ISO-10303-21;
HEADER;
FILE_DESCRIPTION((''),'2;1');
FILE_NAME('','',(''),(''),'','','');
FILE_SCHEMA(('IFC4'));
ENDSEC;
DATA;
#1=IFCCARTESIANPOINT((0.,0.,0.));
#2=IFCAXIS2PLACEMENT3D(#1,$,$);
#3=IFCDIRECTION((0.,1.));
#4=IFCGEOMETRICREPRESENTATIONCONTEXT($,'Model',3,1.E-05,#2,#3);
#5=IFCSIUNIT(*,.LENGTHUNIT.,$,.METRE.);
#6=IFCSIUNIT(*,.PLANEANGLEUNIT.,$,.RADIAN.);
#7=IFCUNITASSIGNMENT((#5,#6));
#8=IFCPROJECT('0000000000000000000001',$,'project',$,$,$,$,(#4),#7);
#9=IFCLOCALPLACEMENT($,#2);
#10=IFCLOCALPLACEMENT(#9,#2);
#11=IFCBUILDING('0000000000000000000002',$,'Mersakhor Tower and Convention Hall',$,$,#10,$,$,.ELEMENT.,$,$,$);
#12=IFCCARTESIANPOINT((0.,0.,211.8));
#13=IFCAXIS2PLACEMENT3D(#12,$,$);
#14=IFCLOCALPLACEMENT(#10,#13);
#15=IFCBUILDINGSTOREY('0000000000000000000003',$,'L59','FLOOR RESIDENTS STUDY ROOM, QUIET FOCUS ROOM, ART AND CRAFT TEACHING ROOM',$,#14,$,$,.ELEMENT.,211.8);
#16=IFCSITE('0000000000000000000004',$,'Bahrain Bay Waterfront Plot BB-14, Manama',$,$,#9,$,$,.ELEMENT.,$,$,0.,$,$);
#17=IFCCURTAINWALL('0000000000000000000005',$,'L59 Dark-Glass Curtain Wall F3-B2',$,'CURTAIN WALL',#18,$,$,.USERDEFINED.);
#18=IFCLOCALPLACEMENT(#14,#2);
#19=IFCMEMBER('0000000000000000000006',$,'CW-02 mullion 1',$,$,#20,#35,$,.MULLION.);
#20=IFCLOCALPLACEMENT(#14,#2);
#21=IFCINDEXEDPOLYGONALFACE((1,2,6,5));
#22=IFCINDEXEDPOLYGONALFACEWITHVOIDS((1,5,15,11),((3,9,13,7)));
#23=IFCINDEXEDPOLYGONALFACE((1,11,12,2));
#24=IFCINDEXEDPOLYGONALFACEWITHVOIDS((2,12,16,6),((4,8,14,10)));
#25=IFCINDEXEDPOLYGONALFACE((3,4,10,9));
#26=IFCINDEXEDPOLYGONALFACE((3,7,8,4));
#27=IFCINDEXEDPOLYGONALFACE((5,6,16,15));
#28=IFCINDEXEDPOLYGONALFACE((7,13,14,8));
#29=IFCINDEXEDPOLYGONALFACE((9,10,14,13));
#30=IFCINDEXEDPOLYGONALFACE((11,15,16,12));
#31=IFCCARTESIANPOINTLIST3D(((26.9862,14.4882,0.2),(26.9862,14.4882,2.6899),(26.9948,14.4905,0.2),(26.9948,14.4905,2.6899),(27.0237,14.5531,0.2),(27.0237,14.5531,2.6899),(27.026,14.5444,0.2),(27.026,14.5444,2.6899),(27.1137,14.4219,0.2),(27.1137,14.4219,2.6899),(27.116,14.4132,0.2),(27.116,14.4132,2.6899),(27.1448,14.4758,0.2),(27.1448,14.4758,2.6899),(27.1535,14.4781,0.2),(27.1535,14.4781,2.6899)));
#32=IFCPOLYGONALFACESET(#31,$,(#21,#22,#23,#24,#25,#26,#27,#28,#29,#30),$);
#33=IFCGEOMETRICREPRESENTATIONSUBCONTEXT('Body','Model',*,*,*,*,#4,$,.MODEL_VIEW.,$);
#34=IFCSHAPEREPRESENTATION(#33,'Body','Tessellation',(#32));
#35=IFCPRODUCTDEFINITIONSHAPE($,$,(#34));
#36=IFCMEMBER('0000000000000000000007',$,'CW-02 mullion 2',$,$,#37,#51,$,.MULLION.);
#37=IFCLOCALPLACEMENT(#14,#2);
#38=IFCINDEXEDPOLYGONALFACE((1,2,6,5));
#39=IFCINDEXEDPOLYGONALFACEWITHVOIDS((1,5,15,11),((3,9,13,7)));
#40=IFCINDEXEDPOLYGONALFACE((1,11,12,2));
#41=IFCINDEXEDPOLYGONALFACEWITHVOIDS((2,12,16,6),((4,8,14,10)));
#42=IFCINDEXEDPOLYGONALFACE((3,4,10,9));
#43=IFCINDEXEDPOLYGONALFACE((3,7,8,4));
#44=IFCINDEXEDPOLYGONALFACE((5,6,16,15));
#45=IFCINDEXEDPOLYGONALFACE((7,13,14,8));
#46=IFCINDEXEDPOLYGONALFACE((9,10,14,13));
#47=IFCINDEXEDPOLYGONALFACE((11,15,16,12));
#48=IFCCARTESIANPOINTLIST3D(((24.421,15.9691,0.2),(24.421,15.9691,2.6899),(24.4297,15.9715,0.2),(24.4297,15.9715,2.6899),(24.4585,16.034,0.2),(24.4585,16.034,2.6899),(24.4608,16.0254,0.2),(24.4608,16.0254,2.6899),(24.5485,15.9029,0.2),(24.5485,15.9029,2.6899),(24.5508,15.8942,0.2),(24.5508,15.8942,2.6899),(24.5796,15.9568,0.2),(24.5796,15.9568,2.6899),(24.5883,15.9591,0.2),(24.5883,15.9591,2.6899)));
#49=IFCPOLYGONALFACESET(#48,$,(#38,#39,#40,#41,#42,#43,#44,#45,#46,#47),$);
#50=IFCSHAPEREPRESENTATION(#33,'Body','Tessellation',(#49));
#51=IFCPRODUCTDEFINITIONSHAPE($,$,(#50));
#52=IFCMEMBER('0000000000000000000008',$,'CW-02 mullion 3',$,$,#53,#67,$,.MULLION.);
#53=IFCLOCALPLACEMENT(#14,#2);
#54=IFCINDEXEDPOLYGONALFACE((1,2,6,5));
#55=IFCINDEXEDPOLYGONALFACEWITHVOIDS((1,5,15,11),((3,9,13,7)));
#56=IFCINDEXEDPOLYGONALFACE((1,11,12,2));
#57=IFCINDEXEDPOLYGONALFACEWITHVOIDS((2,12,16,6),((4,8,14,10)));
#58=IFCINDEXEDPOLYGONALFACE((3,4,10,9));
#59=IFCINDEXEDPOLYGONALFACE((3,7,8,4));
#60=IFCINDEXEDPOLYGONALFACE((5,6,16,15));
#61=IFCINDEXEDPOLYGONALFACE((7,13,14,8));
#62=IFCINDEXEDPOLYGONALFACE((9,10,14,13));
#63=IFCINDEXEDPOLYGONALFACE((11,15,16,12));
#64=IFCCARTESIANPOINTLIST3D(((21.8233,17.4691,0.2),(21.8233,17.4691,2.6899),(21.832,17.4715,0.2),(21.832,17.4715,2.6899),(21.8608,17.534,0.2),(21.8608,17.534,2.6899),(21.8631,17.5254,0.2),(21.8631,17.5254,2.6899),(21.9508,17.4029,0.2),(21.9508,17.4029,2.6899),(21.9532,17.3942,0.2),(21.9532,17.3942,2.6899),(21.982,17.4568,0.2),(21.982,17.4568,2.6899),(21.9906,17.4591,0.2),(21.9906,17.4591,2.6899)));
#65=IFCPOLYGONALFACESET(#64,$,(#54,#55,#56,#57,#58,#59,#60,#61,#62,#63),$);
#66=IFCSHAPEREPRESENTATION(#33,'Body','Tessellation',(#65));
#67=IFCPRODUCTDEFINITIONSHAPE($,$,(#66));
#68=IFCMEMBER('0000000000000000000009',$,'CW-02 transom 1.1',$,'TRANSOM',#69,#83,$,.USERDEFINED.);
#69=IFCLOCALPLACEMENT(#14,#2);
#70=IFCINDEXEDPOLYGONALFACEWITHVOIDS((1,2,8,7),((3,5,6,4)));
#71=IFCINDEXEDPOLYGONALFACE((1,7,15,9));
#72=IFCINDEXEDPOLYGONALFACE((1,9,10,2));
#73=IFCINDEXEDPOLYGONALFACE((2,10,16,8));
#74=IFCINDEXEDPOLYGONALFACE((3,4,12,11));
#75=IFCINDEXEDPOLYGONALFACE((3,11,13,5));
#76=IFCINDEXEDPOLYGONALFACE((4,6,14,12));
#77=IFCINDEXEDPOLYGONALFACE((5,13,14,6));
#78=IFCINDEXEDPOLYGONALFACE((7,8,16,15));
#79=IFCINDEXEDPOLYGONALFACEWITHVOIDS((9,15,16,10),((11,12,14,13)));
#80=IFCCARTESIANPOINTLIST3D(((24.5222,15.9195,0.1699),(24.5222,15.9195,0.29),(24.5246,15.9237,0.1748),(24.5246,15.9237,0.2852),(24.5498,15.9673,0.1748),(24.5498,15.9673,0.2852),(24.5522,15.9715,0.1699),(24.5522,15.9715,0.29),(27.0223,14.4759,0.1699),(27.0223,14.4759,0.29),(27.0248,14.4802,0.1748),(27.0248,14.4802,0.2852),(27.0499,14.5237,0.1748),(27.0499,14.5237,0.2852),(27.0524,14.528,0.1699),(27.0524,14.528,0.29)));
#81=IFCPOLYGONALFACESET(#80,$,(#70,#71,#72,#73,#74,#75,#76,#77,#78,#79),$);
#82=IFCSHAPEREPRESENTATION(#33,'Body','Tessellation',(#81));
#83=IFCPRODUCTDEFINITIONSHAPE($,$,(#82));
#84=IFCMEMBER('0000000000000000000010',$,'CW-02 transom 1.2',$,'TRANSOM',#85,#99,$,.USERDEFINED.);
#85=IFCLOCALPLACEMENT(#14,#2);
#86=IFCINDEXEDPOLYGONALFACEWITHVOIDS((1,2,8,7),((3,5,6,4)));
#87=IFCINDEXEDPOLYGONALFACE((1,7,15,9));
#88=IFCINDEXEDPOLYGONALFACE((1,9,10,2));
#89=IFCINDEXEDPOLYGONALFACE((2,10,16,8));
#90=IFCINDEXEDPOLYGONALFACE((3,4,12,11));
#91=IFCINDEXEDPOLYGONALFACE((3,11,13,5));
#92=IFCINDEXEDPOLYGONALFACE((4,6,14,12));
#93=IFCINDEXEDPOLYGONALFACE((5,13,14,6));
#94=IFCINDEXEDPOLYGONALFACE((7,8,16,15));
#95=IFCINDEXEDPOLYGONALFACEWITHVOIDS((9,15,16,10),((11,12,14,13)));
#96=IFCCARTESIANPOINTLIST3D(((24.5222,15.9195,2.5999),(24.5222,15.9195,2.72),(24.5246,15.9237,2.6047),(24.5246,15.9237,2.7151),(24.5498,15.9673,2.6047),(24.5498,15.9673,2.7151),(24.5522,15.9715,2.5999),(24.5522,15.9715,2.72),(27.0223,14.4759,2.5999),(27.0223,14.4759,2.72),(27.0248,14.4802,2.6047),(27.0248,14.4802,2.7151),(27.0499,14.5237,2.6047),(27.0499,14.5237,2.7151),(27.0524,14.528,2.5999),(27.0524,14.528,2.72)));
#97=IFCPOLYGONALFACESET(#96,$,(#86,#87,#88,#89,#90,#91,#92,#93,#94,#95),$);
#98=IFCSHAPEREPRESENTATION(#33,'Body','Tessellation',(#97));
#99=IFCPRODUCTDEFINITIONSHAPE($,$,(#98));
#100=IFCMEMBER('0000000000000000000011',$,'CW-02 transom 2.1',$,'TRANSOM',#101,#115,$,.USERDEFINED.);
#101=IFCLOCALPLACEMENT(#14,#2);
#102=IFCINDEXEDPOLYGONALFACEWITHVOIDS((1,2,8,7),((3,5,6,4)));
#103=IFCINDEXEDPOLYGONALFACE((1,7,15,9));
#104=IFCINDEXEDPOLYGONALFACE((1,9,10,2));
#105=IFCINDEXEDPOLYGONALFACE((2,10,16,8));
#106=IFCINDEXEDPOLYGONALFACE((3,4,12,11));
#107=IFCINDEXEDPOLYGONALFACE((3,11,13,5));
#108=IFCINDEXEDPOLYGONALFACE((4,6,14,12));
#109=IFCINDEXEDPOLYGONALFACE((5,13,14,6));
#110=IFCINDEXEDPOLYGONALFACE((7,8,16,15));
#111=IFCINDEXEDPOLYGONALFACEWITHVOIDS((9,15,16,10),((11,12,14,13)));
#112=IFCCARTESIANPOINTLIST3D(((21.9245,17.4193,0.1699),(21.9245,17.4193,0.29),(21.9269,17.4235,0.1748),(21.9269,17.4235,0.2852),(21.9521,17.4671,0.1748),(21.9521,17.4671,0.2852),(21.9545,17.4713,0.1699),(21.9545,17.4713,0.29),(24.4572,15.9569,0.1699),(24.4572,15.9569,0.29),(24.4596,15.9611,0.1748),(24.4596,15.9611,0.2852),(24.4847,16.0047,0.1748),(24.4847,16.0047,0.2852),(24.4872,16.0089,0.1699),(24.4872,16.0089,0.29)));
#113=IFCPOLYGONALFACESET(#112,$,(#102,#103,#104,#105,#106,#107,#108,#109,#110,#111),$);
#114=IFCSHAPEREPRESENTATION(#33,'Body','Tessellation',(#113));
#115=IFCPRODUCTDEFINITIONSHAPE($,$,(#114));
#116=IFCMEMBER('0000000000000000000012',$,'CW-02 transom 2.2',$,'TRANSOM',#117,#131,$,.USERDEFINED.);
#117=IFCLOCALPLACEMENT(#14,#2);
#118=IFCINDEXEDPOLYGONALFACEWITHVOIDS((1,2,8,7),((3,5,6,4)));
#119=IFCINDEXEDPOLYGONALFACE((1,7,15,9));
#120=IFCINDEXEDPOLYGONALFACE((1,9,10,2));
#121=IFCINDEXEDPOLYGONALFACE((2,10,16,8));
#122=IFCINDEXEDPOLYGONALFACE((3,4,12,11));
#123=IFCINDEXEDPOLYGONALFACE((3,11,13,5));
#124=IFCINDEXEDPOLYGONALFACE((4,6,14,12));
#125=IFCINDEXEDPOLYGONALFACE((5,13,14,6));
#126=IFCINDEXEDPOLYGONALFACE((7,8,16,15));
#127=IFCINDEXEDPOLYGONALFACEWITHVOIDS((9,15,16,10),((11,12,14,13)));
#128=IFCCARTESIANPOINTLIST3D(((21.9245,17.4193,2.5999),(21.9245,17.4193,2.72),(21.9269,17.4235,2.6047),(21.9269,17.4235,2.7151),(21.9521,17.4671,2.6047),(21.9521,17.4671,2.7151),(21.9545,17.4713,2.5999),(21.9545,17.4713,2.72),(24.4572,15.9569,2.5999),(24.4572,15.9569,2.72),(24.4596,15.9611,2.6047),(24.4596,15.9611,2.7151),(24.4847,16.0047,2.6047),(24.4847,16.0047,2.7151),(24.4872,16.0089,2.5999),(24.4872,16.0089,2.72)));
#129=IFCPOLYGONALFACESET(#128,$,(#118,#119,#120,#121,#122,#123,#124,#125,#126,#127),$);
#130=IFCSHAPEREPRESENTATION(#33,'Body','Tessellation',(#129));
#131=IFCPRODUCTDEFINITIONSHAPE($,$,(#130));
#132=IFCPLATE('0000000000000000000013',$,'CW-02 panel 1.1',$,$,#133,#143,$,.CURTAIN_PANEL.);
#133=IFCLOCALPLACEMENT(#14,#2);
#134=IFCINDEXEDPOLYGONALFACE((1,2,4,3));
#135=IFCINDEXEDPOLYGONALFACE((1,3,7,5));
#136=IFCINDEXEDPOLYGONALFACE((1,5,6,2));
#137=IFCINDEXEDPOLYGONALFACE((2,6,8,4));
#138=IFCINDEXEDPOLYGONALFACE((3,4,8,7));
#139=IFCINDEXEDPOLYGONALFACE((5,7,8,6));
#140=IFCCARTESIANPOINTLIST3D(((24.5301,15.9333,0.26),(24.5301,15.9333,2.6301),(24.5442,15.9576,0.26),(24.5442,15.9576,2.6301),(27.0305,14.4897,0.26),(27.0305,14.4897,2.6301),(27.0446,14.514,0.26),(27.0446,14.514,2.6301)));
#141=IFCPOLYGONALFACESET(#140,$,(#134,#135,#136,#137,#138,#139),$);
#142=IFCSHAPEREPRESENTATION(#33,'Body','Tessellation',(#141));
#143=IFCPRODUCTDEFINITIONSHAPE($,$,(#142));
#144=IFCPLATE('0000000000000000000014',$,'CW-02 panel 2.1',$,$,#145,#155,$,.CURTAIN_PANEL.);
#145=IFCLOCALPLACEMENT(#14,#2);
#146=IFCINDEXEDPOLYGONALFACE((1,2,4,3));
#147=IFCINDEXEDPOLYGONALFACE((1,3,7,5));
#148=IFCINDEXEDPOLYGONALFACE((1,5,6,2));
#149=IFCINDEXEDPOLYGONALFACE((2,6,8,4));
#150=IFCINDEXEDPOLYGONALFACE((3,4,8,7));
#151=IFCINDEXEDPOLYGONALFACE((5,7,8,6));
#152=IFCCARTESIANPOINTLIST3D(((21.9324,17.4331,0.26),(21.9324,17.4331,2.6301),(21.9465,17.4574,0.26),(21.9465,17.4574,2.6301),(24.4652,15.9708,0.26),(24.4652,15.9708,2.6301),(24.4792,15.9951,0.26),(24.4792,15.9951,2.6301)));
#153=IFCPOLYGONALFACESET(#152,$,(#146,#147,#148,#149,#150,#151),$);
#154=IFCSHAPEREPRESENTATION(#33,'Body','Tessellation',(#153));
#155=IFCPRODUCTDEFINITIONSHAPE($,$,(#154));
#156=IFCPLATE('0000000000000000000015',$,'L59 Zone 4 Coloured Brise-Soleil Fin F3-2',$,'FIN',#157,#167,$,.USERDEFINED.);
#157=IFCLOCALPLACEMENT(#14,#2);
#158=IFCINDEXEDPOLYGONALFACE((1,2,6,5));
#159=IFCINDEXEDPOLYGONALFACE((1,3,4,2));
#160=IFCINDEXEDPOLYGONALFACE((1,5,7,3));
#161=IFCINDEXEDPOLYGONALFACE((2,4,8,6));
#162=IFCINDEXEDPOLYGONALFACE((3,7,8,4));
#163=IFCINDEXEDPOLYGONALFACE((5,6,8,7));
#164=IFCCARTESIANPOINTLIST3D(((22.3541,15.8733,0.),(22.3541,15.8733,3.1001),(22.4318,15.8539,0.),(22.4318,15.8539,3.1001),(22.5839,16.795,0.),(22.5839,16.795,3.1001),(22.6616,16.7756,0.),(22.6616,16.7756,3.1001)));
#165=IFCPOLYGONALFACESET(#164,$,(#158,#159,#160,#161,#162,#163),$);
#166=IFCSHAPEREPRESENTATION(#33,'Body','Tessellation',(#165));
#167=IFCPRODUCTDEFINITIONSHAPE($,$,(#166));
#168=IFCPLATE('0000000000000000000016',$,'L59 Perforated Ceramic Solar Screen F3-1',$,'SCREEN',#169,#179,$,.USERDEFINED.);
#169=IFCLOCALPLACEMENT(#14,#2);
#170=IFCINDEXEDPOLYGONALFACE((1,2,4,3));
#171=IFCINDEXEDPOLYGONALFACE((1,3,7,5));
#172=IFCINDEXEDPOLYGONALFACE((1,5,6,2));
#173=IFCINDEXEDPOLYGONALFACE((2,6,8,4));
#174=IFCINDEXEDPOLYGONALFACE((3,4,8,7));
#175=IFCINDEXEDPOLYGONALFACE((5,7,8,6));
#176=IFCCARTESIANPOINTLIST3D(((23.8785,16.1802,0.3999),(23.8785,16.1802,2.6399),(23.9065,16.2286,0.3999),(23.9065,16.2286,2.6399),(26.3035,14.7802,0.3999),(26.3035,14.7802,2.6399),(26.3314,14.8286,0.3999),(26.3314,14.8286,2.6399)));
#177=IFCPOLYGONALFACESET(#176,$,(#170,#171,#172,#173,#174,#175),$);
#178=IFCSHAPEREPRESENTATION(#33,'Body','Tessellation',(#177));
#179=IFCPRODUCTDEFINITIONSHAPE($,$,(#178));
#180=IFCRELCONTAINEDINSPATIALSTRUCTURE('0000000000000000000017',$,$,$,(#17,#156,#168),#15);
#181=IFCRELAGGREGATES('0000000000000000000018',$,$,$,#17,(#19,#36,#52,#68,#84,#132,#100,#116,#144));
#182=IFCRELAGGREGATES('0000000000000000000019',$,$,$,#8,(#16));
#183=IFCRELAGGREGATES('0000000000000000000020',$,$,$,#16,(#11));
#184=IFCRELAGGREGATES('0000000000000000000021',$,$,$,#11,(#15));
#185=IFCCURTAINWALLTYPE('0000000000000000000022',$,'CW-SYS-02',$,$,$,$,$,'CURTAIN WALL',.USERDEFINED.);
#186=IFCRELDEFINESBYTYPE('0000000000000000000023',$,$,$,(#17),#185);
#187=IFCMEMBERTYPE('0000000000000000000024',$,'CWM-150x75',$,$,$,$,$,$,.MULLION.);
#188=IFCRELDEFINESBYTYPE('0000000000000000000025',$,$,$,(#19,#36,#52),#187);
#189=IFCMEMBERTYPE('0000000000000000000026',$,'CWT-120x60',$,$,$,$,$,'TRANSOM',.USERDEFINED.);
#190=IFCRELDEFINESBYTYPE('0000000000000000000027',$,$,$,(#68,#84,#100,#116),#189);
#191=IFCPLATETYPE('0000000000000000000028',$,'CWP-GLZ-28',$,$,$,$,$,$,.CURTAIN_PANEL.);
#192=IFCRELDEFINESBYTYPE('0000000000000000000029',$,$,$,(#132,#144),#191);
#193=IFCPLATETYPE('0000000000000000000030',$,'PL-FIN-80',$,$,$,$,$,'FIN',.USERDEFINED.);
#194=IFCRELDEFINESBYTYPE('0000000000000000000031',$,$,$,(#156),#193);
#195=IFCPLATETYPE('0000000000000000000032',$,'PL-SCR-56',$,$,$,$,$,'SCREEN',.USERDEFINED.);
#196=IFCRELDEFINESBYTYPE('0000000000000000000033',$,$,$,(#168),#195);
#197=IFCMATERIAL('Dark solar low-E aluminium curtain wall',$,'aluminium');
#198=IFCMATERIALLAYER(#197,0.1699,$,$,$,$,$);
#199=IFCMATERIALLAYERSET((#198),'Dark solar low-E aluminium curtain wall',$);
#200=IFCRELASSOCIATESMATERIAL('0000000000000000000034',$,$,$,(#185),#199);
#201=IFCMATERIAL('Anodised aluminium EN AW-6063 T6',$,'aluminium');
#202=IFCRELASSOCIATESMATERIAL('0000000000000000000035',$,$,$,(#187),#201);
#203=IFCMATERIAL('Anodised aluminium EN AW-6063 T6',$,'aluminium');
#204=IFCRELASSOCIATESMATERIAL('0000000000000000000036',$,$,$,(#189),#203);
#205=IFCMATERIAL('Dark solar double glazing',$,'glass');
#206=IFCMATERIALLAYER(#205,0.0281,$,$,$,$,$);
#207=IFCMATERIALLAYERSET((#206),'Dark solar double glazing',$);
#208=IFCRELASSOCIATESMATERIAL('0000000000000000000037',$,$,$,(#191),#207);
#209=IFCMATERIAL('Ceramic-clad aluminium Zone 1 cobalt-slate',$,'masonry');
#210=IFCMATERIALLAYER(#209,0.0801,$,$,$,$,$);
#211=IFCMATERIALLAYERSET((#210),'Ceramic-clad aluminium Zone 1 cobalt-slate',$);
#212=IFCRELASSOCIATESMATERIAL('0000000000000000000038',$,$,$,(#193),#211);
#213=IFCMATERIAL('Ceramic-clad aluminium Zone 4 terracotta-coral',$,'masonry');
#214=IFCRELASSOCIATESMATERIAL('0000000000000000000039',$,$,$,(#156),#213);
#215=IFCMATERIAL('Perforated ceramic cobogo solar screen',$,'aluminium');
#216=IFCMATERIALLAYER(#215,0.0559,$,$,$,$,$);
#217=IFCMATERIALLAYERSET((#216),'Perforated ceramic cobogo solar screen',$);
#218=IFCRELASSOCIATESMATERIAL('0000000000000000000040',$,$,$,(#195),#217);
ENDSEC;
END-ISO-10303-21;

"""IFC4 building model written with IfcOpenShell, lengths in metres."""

from ifc_helpers import new_model, si_unit, direction, frame, origin, origin_2d, place, context, subcontext, project, spatial, rectangle, hollow_rectangle, extrude, material, layer, layer_set, material_profile, profile_set, type_object, element, aggregate, save


model = new_model("IFC4")

# Units and contexts
model_context = context("Model", 3, precision=1e-05, world=origin(), true_north=direction((0.0, 1.0)))
body_context = subcontext(model_context, "Body", "Model", "MODEL_VIEW")
ifc_project = project(units=[si_unit("LENGTHUNIT", "METRE"), si_unit("PLANEANGLEUNIT", "RADIAN")], contexts=[model_context])

# Site, building, storey
site_placement = place(None, origin())
site = spatial("IfcSite", under=ifc_project, at=site_placement, Name="Bahrain Bay Waterfront Plot BB-14, Manama", CompositionType="ELEMENT", RefElevation=0.0)
building_placement = place(site_placement, origin())
building = spatial("IfcBuilding", under=site, at=building_placement, Name="Mersakhor Tower and Convention Hall", CompositionType="ELEMENT")
storey_placement = place(building_placement, frame((0.0, 0.0, 211.8)))
storey = spatial("IfcBuildingStorey", under=building, at=storey_placement, Name="L59", Description="FLOOR RESIDENTS STUDY ROOM, QUIET FOCUS ROOM, ART AND CRAFT TEACHING ROOM", CompositionType="ELEMENT", Elevation=211.8)

# Curtain wall, members, plates
ifc_material_1 = material(Name="Dark solar low-E aluminium curtain wall", Category="aluminium")
ifc_layer_1 = layer(ifc_material_1, 0.1699)
ifc_layer_set_1 = layer_set([ifc_layer_1], Name="Dark solar low-E aluminium curtain wall")
curtain_wall_type = type_object("IfcCurtainWallType", Name="CW-SYS-02", ElementType="CURTAIN WALL", PredefinedType="USERDEFINED", material=ifc_layer_set_1)
curtain_wall_placement = place(storey_placement, origin())
curtain_wall = element("IfcCurtainWall", 1, at=curtain_wall_placement, inside=storey, type_object=curtain_wall_type, Name="L59 Dark-Glass Curtain Wall F3-B2", ObjectType="CURTAIN WALL", PredefinedType="USERDEFINED")
ifc_material_2 = material(Name="Anodised aluminium EN AW-6063 T6", Category="aluminium")
ifc_material_profile_1 = material_profile(ifc_material_2, hollow_rectangle(XDim=0.075, YDim=0.1499, WallThickness=0.0063, at=origin_2d()), Name="RHS 150x75x6.3")
ifc_profile_set_1 = profile_set([ifc_material_profile_1], Name="Anodised aluminium EN AW-6063 T6")
member_type_1 = type_object("IfcMemberType", Name="CWM-150x75", PredefinedType="MULLION", material=ifc_profile_set_1)
member_1_placement = place(storey_placement, frame((27.0698, 14.4832, 0.2), z_axis=(0.0, 0.0, 1.0), x_axis=(-0.500008, -0.866021, 0.0)))
member_1 = element("IfcMember", 2, at=member_1_placement, type_object=member_type_1, Name="CW-02 mullion 1", PredefinedType="MULLION", context=body_context, shape_type="SweptSolid", body=[
    extrude(hollow_rectangle(XDim=0.075, YDim=0.1499, WallThickness=0.0063, at=origin_2d()), origin(), (0.0, 0.0, 1.0), 2.49),
])
member_2_placement = place(storey_placement, frame((24.5046, 15.9641, 0.2), z_axis=(0.0, 0.0, 1.0), x_axis=(-0.500008, -0.866021, 0.0)))
member_2 = element("IfcMember", 3, at=member_2_placement, type_object=member_type_1, Name="CW-02 mullion 2", PredefinedType="MULLION", context=body_context, shape_type="SweptSolid", body=[
    extrude(hollow_rectangle(XDim=0.075, YDim=0.1499, WallThickness=0.0063, at=origin_2d()), origin(), (0.0, 0.0, 1.0), 2.49),
])
member_3_placement = place(storey_placement, frame((21.907, 17.4641, 0.2), z_axis=(0.0, 0.0, 1.0), x_axis=(-0.500008, -0.866021, 0.0)))
member_3 = element("IfcMember", 4, at=member_3_placement, type_object=member_type_1, Name="CW-02 mullion 3", PredefinedType="MULLION", context=body_context, shape_type="SweptSolid", body=[
    extrude(hollow_rectangle(XDim=0.075, YDim=0.1499, WallThickness=0.0063, at=origin_2d()), origin(), (0.0, 0.0, 1.0), 2.49),
])
ifc_material_3 = material(Name="Anodised aluminium EN AW-6063 T6", Category="aluminium")
ifc_material_profile_2 = material_profile(ifc_material_3, hollow_rectangle(XDim=0.0601, YDim=0.1201, WallThickness=0.0049, at=origin_2d()), Name="RHS 120x60x5")
ifc_profile_set_2 = profile_set([ifc_material_profile_2], Name="Anodised aluminium EN AW-6063 T6")
member_type_2 = type_object("IfcMemberType", Name="CWT-120x60", ElementType="TRANSOM", PredefinedType="USERDEFINED", material=ifc_profile_set_2)
member_4_placement = place(storey_placement, frame((27.0374, 14.502, 0.23), z_axis=(-0.866012, 0.500023, 0.0), x_axis=(-0.500023, -0.866012, 0.0)))
member_4 = element("IfcMember", 5, at=member_4_placement, type_object=member_type_2, Name="CW-02 transom 1.1", ObjectType="TRANSOM", PredefinedType="USERDEFINED", context=body_context, shape_type="SweptSolid", body=[
    extrude(hollow_rectangle(XDim=0.0601, YDim=0.1201, WallThickness=0.0049, at=origin_2d()), origin(), (0.0, 0.0, 1.0), 2.887),
])
member_5_placement = place(storey_placement, frame((27.0374, 14.502, 2.6599), z_axis=(-0.866012, 0.500023, 0.0), x_axis=(-0.500023, -0.866012, 0.0)))
member_5 = element("IfcMember", 6, at=member_5_placement, type_object=member_type_2, Name="CW-02 transom 1.2", ObjectType="TRANSOM", PredefinedType="USERDEFINED", context=body_context, shape_type="SweptSolid", body=[
    extrude(hollow_rectangle(XDim=0.0601, YDim=0.1201, WallThickness=0.0049, at=origin_2d()), origin(), (0.0, 0.0, 1.0), 2.887),
])
member_6_placement = place(storey_placement, frame((24.4722, 15.9829, 0.23), z_axis=(-0.866005, 0.500036, 0.0), x_axis=(-0.500036, -0.866005, 0.0)))
member_6 = element("IfcMember", 7, at=member_6_placement, type_object=member_type_2, Name="CW-02 transom 2.1", ObjectType="TRANSOM", PredefinedType="USERDEFINED", context=body_context, shape_type="SweptSolid", body=[
    extrude(hollow_rectangle(XDim=0.0601, YDim=0.1201, WallThickness=0.0049, at=origin_2d()), origin(), (0.0, 0.0, 1.0), 2.9246),
])
member_7_placement = place(storey_placement, frame((24.4722, 15.9829, 2.6599), z_axis=(-0.866005, 0.500036, 0.0), x_axis=(-0.500036, -0.866005, 0.0)))
member_7 = element("IfcMember", 8, at=member_7_placement, type_object=member_type_2, Name="CW-02 transom 2.2", ObjectType="TRANSOM", PredefinedType="USERDEFINED", context=body_context, shape_type="SweptSolid", body=[
    extrude(hollow_rectangle(XDim=0.0601, YDim=0.1201, WallThickness=0.0049, at=origin_2d()), origin(), (0.0, 0.0, 1.0), 2.9246),
])
ifc_material_4 = material(Name="Dark solar double glazing", Category="glass")
ifc_layer_2 = layer(ifc_material_4, 0.0281)
ifc_layer_set_2 = layer_set([ifc_layer_2], Name="Dark solar double glazing")
plate_type_1 = type_object("IfcPlateType", Name="CWP-GLZ-28", PredefinedType="CURTAIN_PANEL", material=ifc_layer_set_2)
plate_1_placement = place(storey_placement, frame((25.7874, 15.2236, 0.26), z_axis=(0.0, 0.0, 1.0), x_axis=(-0.866021, 0.500008, 0.0)))
plate_1 = element("IfcPlate", 9, at=plate_1_placement, type_object=plate_type_1, Name="CW-02 panel 1.1", PredefinedType="CURTAIN_PANEL", context=body_context, shape_type="SweptSolid", body=[
    extrude(rectangle(XDim=2.8872, YDim=0.0281, at=origin_2d()), origin(), (0.0, 0.0, 1.0), 2.3701),
])
plate_2_placement = place(storey_placement, frame((23.2058, 16.7141, 0.26), z_axis=(0.0, 0.0, 1.0), x_axis=(-0.866021, 0.500008, 0.0)))
plate_2 = element("IfcPlate", 10, at=plate_2_placement, type_object=plate_type_1, Name="CW-02 panel 2.1", PredefinedType="CURTAIN_PANEL", context=body_context, shape_type="SweptSolid", body=[
    extrude(rectangle(XDim=2.9246, YDim=0.0281, at=origin_2d()), origin(), (0.0, 0.0, 1.0), 2.3701),
])
aggregate(curtain_wall, [member_1, member_2, member_3, member_4, member_5, plate_1, member_6, member_7, plate_2])

# Plates
ifc_material_5 = material(Name="Ceramic-clad aluminium Zone 4 terracotta-coral", Category="masonry")
ifc_material_6 = material(Name="Ceramic-clad aluminium Zone 1 cobalt-slate", Category="masonry")
ifc_layer_3 = layer(ifc_material_6, 0.0801)
ifc_layer_set_3 = layer_set([ifc_layer_3], Name="Ceramic-clad aluminium Zone 1 cobalt-slate")
plate_type_2 = type_object("IfcPlateType", Name="PL-FIN-80", ElementType="FIN", PredefinedType="USERDEFINED", material=ifc_layer_set_3)
plate_3_placement = place(storey_placement, frame((22.5078, 16.3245, 0.0), z_axis=(0.0, 0.0, 1.0), x_axis=(-0.241922, -0.970296, 0.0)))
element("IfcPlate", 11, at=plate_3_placement, inside=storey, type_object=plate_type_2, material=ifc_material_5, Name="L59 Zone 4 Coloured Brise-Soleil Fin F3-2", ObjectType="FIN", PredefinedType="USERDEFINED", context=body_context, shape_type="SweptSolid", body=[
    extrude(rectangle(XDim=0.95, YDim=0.0801, at=origin_2d()), origin(), (0.0, 0.0, 1.0), 3.1001),
])
ifc_material_7 = material(Name="Perforated ceramic cobogo solar screen", Category="aluminium")
ifc_layer_4 = layer(ifc_material_7, 0.0559)
ifc_layer_set_4 = layer_set([ifc_layer_4], Name="Perforated ceramic cobogo solar screen")
plate_type_3 = type_object("IfcPlateType", Name="PL-SCR-56", ElementType="SCREEN", PredefinedType="USERDEFINED", material=ifc_layer_set_4)
plate_4_placement = place(storey_placement, frame((25.105, 15.5044, 0.3999), z_axis=(0.0, 0.0, 1.0), x_axis=(-0.866025, 0.5, 0.0)))
element("IfcPlate", 12, at=plate_4_placement, inside=storey, type_object=plate_type_3, Name="L59 Perforated Ceramic Solar Screen F3-1", ObjectType="SCREEN", PredefinedType="USERDEFINED", context=body_context, shape_type="SweptSolid", body=[
    extrude(rectangle(XDim=2.8, YDim=0.0559, at=origin_2d()), origin(), (0.0, 0.0, 1.0), 2.24),
])

save(model, "model.ifc")
